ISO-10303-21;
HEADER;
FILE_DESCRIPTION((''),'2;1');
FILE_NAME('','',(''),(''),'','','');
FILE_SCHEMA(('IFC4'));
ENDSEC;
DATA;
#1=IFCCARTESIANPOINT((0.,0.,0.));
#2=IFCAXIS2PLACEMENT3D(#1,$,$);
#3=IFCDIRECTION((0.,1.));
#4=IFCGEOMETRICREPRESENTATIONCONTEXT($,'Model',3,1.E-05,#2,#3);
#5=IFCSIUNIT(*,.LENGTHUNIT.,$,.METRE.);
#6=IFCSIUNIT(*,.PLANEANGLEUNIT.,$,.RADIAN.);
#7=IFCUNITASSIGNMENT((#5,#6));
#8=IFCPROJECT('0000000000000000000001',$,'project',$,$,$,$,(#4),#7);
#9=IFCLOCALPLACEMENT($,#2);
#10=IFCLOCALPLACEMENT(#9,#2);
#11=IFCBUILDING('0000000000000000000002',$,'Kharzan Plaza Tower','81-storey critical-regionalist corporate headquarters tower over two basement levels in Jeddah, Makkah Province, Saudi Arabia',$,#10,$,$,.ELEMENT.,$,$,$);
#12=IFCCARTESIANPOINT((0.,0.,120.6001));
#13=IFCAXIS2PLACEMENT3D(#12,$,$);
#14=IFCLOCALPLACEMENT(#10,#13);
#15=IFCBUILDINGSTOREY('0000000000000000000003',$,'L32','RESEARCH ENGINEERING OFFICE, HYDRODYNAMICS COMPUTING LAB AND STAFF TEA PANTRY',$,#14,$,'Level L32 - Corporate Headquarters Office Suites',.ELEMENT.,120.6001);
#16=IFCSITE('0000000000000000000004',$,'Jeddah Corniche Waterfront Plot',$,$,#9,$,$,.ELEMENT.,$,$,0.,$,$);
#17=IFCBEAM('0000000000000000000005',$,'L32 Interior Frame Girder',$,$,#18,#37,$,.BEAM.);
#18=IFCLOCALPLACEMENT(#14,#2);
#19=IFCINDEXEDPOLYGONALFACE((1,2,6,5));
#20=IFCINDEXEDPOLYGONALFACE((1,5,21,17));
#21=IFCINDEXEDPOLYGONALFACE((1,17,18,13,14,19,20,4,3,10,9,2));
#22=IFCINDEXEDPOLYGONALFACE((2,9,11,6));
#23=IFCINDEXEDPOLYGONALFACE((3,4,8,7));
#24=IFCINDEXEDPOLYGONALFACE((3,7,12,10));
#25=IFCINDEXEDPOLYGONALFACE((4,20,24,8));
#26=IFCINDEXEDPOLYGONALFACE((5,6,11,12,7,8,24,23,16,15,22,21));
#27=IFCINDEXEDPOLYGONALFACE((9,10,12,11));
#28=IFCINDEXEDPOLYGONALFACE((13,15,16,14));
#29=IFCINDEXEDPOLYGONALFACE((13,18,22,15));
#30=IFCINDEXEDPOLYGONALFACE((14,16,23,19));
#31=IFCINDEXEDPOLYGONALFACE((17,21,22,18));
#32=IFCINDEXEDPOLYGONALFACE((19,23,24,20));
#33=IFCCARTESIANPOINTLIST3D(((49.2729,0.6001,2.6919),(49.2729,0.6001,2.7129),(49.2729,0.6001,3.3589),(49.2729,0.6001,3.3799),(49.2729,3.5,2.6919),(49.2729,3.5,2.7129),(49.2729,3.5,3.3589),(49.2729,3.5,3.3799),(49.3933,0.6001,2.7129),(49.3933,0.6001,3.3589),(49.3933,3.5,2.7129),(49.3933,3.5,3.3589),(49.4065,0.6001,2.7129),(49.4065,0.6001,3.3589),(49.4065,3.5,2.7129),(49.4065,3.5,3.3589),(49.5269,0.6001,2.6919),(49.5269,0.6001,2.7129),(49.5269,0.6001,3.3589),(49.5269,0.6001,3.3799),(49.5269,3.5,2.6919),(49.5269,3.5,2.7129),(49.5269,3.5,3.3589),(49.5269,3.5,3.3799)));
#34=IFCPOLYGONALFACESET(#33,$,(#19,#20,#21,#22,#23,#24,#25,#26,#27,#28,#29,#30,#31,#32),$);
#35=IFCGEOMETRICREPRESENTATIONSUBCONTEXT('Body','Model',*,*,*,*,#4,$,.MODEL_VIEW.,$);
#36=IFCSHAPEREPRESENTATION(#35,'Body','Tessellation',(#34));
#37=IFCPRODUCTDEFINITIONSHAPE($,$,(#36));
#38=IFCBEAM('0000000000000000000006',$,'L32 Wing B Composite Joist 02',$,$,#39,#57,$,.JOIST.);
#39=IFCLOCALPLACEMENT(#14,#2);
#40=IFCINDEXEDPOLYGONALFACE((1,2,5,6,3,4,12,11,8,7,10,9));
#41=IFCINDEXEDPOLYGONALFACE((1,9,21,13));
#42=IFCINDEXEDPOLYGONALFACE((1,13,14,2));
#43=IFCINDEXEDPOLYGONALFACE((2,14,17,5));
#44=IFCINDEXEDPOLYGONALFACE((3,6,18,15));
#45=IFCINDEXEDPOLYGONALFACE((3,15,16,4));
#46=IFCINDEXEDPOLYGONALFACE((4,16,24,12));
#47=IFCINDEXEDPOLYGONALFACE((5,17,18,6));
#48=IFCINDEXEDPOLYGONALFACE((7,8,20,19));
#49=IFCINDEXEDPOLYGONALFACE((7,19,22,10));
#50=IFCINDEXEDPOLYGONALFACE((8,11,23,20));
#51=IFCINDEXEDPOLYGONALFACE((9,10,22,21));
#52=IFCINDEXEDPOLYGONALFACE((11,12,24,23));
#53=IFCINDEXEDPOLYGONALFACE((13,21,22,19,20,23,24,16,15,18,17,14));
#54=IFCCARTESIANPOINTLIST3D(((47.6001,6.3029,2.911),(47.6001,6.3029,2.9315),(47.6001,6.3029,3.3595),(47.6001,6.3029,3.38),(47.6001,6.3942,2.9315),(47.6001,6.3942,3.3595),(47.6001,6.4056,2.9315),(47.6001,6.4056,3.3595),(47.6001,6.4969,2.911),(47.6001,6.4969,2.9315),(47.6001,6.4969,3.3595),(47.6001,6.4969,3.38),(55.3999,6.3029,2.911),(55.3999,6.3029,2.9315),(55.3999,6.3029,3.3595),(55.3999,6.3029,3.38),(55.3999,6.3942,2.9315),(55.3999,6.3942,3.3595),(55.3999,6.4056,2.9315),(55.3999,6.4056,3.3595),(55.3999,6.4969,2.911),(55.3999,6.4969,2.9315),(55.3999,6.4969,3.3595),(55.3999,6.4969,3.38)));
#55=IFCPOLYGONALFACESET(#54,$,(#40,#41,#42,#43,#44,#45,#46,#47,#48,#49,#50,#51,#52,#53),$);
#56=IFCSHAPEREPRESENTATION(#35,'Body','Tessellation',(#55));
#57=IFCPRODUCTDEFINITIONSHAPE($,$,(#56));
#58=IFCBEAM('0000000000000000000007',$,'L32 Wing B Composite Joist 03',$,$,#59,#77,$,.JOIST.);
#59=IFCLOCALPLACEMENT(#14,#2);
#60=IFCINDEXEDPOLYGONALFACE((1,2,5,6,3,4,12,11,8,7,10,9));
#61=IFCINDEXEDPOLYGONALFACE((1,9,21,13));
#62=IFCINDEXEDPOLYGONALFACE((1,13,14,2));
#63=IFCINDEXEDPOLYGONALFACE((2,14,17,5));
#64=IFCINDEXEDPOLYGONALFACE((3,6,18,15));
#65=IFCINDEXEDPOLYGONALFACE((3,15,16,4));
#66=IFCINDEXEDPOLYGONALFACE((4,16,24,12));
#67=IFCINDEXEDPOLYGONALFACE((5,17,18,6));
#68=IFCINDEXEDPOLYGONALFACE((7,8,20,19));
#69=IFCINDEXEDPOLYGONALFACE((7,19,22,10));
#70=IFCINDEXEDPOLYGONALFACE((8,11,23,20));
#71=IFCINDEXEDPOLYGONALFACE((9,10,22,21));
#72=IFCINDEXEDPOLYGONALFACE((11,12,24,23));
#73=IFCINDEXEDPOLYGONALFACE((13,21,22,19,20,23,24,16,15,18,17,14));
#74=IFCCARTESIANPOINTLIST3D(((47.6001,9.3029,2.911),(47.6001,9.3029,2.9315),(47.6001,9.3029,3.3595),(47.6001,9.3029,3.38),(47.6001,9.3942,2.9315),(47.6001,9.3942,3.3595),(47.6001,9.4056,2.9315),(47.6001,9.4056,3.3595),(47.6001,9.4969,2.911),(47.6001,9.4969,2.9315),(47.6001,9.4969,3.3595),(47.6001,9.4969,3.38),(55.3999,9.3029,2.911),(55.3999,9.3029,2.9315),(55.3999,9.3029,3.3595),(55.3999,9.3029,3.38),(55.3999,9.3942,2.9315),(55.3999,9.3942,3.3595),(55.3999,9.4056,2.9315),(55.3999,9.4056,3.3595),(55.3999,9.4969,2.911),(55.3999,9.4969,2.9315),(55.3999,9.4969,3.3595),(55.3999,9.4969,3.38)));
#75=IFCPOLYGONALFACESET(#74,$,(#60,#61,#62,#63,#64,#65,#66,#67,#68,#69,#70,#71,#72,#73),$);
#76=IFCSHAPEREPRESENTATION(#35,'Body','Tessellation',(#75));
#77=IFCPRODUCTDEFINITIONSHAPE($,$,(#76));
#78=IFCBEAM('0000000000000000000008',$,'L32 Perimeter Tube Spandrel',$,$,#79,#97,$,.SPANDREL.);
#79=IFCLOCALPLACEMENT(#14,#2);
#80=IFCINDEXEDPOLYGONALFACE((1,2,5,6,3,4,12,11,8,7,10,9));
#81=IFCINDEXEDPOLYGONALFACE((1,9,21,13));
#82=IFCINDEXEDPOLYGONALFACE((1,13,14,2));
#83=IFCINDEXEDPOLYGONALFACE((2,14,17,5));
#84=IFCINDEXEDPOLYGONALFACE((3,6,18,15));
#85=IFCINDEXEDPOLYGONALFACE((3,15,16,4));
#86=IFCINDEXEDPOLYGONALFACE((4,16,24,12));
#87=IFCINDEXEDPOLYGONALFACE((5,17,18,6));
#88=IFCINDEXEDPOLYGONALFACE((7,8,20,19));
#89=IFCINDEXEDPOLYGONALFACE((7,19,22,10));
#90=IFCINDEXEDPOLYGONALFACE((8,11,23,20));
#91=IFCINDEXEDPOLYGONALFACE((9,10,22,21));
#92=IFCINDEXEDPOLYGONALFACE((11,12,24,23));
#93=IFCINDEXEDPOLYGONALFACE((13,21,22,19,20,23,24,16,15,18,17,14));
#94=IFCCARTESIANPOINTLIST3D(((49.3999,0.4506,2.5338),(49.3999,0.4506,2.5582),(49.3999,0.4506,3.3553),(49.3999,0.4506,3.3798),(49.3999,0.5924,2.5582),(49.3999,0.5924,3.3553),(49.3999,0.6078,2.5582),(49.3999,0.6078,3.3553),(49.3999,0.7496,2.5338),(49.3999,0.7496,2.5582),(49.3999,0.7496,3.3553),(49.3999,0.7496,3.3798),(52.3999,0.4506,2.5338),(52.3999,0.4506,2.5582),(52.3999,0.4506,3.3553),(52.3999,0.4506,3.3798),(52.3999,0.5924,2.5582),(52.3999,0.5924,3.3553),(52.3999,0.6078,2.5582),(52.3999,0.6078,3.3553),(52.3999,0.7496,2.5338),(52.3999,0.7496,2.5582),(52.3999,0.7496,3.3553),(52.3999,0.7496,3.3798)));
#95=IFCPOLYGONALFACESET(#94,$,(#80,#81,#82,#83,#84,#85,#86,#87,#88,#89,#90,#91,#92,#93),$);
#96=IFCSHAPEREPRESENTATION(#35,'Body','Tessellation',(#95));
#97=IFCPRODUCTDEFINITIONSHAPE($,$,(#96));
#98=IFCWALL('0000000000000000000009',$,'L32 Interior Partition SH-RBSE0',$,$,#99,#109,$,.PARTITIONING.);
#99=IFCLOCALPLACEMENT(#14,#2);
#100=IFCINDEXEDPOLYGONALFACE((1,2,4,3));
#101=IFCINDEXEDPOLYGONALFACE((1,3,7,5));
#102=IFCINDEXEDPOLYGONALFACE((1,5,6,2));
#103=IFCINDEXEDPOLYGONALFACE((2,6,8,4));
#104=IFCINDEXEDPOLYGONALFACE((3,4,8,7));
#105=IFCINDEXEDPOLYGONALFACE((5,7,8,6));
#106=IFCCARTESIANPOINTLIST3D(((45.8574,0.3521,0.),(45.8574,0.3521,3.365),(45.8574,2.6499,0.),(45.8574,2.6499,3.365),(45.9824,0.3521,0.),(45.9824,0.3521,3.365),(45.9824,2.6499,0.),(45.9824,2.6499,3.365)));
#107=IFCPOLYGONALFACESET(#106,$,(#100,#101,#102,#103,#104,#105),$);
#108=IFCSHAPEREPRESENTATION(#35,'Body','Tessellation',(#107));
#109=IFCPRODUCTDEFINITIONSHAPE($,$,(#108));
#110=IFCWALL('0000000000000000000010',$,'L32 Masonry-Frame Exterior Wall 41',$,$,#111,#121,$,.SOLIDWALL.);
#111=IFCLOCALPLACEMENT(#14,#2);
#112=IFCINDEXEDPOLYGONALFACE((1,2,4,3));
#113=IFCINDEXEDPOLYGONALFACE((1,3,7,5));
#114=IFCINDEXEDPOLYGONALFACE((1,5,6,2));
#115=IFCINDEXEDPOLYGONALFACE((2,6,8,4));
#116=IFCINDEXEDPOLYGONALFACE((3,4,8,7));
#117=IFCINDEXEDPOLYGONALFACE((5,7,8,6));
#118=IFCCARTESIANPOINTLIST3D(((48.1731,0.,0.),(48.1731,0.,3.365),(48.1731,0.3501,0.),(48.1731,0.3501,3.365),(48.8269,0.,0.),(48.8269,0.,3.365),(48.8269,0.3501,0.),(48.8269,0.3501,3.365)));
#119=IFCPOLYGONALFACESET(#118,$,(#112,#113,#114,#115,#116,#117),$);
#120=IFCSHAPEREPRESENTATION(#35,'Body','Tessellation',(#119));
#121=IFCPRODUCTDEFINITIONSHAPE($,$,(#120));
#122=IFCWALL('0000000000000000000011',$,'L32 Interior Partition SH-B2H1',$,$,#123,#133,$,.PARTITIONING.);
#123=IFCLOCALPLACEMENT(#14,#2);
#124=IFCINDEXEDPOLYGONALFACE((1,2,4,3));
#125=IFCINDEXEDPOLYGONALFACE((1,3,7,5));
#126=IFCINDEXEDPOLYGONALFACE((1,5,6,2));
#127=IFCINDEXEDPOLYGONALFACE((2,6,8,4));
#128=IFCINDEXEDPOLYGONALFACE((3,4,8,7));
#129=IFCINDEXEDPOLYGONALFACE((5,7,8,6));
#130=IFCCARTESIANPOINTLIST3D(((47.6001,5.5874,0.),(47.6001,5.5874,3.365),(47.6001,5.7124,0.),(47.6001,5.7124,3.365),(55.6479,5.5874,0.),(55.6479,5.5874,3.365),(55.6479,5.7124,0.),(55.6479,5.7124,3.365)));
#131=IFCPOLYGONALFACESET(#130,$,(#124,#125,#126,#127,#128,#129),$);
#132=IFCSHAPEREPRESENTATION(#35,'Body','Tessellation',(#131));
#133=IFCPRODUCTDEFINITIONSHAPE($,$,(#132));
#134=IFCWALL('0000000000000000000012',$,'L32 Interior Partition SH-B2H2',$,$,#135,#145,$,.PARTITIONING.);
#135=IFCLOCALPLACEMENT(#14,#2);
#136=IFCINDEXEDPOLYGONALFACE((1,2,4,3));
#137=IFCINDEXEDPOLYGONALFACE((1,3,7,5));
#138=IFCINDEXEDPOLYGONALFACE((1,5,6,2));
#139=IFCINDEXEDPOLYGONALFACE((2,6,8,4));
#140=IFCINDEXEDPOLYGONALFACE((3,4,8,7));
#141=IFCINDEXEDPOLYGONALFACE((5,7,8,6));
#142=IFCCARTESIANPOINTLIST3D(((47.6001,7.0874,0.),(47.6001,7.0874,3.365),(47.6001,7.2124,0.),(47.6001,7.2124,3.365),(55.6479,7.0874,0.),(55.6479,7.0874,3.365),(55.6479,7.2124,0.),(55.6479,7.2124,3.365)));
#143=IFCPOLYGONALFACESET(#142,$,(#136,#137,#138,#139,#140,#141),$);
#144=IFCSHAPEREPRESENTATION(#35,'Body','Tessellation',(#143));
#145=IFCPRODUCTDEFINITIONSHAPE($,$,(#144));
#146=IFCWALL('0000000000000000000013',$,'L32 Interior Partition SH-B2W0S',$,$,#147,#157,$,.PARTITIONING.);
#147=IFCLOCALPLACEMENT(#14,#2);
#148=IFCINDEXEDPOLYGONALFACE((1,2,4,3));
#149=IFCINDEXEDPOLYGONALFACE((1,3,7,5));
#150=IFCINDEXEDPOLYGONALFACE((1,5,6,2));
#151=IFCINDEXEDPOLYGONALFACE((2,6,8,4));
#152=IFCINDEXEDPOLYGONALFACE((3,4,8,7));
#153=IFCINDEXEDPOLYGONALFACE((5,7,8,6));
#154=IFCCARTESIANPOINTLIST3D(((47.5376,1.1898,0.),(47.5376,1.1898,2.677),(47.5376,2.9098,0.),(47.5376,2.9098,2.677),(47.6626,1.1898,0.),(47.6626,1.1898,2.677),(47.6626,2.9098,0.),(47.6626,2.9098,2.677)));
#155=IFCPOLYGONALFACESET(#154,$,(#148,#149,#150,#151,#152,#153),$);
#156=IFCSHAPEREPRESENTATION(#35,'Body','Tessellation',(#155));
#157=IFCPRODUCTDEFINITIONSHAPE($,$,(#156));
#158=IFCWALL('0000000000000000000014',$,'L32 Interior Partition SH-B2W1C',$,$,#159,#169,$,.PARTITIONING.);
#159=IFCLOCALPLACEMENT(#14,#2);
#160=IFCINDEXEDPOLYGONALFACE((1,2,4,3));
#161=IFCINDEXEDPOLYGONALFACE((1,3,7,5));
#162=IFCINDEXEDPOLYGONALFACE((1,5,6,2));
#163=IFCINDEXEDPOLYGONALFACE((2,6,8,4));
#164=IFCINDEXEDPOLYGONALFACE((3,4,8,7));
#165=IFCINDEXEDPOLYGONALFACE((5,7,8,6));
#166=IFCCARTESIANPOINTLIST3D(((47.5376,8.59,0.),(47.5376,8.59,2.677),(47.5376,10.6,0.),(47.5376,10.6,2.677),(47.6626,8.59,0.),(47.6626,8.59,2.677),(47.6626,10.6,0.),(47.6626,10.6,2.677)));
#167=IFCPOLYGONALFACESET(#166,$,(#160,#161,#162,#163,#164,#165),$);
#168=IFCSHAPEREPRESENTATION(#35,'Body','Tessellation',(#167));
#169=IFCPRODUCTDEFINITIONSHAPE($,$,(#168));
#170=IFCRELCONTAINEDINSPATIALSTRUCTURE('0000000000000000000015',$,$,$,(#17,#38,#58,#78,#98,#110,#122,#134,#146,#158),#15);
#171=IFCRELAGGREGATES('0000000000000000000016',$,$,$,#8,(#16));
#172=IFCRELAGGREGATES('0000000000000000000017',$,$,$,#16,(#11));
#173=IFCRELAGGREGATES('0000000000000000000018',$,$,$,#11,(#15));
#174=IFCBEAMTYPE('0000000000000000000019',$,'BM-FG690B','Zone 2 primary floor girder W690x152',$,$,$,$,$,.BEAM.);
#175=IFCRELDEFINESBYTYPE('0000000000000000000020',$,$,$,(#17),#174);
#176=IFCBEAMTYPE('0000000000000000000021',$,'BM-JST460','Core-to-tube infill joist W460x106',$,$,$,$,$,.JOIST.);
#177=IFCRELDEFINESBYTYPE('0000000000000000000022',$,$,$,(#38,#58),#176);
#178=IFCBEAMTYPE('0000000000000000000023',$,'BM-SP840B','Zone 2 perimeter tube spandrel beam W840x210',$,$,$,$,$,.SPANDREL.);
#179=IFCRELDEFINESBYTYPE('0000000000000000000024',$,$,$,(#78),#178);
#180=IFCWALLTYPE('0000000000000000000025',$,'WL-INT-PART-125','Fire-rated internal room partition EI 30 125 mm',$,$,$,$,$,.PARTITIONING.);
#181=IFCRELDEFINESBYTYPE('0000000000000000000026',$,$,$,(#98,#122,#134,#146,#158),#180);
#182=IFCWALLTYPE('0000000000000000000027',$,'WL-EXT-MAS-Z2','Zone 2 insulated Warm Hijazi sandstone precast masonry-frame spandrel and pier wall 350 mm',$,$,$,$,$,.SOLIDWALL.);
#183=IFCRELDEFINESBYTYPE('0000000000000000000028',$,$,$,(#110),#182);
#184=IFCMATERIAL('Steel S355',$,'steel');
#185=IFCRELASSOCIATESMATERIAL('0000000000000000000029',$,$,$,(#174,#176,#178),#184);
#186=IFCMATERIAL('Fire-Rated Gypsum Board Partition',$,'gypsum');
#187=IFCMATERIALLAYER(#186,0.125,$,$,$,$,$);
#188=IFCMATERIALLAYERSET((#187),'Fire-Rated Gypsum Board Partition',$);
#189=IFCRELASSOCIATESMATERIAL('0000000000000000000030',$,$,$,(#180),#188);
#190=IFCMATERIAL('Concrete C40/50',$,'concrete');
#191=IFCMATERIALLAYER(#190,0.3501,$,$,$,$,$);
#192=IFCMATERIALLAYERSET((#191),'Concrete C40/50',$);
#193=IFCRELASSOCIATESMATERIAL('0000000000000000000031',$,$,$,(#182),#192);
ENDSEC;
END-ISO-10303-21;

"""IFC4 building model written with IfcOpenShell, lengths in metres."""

from ifc_helpers import new_model, si_unit, direction, frame, frame_2d, origin, origin_2d, place, context, subcontext, project, spatial, rectangle, i_section, extrude, source, transform, mapped, material, layer, layer_set, material_profile, profile_set, type_object, element, save


model = new_model("IFC4")

# Units and contexts
model_context = context("Model", 3, precision=1e-05, world=origin(), true_north=direction((0.0, 1.0)))
body_context = subcontext(model_context, "Body", "Model", "MODEL_VIEW")
ifc_project = project(units=[si_unit("LENGTHUNIT", "METRE"), si_unit("PLANEANGLEUNIT", "RADIAN")], contexts=[model_context])

# Site, building, storey
site_placement = place(None, origin())
site = spatial("IfcSite", under=ifc_project, at=site_placement, Name="Jeddah Corniche Waterfront Plot", CompositionType="ELEMENT", RefElevation=0.0)
building_placement = place(site_placement, origin())
building = spatial("IfcBuilding", under=site, at=building_placement, Name="Kharzan Plaza Tower", Description="81-storey critical-regionalist corporate headquarters tower over two basement levels in Jeddah, Makkah Province, Saudi Arabia", CompositionType="ELEMENT")
storey_placement = place(building_placement, frame((0.0, 0.0, 120.6001)))
storey = spatial("IfcBuildingStorey", under=building, at=storey_placement, Name="L32", Description="RESEARCH ENGINEERING OFFICE, HYDRODYNAMICS COMPUTING LAB AND STAFF TEA PANTRY", LongName="Level L32 - Corporate Headquarters Office Suites", CompositionType="ELEMENT", Elevation=120.6001)

# Beams
ifc_material_1 = material(Name="Steel S355", Category="steel")
ifc_material_profile_1 = material_profile(ifc_material_1, i_section(OverallWidth=0.2539, OverallDepth=0.688, WebThickness=0.0132, FlangeThickness=0.021, at=origin_2d()), Name="W690x152")
ifc_profile_set_1 = profile_set([ifc_material_profile_1], Name="Steel S355")
beam_type_1 = type_object("IfcBeamType", Name="BM-FG690B", Description="Zone 2 primary floor girder W690x152", PredefinedType="BEAM", material=ifc_profile_set_1)
shared_shape_1 = source(origin(), body_context, "Body", "SweptSolid", [
    extrude(i_section(OverallWidth=0.2539, OverallDepth=0.688, WebThickness=0.0132, FlangeThickness=0.021, at=origin_2d()), origin(), (0.0, 0.0, 1.0), 2.8999),
])
for number, where, z_axis, x_axis, name in (
    (1, (49.3999, 0.6001, 3.0359), (0.0, 1.0, 0.0), (-1.0, 0.0, 0.0), "L32 Interior Frame Girder"),
):
    element("IfcBeam", number, at=place(storey_placement, frame(where, z_axis=z_axis, x_axis=x_axis)), inside=storey, type_object=beam_type_1, Name=name, PredefinedType="BEAM", context=body_context, shape_type="MappedRepresentation", body=[
        mapped(shared_shape_1, transform((0.0, 0.0, 0.0), x_axis=(1.0, 0.0, 0.0), y_axis=(0.0, 1.0, 0.0), z_axis=(0.0, 0.0, 1.0))),
    ])
ifc_material_profile_2 = material_profile(ifc_material_1, i_section(OverallWidth=0.1941, OverallDepth=0.469, WebThickness=0.0115, FlangeThickness=0.0205, at=origin_2d()), Name="W460x106")
ifc_profile_set_2 = profile_set([ifc_material_profile_2], Name="Steel S355")
beam_type_2 = type_object("IfcBeamType", Name="BM-JST460", Description="Core-to-tube infill joist W460x106", PredefinedType="JOIST", material=ifc_profile_set_2)
shared_shape_2 = source(origin(), body_context, "Body", "SweptSolid", [
    extrude(i_section(OverallWidth=0.1941, OverallDepth=0.469, WebThickness=0.0115, FlangeThickness=0.0205, at=origin_2d()), origin(), (0.0, 0.0, 1.0), 7.7998),
])
for number, where, z_axis, x_axis, name in (
    (2, (47.6001, 6.3999, 3.1455), (1.0, 0.0, 0.0), (0.0, 1.0, 0.0), "L32 Wing B Composite Joist 02"),
    (3, (47.6001, 9.3999, 3.1455), (1.0, 0.0, 0.0), (0.0, 1.0, 0.0), "L32 Wing B Composite Joist 03"),
):
    element("IfcBeam", number, at=place(storey_placement, frame(where, z_axis=z_axis, x_axis=x_axis)), inside=storey, type_object=beam_type_2, Name=name, PredefinedType="JOIST", context=body_context, shape_type="MappedRepresentation", body=[
        mapped(shared_shape_2, transform((0.0, 0.0, 0.0), x_axis=(1.0, 0.0, 0.0), y_axis=(0.0, 1.0, 0.0), z_axis=(0.0, 0.0, 1.0))),
    ])
ifc_material_profile_3 = material_profile(ifc_material_1, i_section(OverallWidth=0.2991, OverallDepth=0.8459, WebThickness=0.0154, FlangeThickness=0.0244, at=origin_2d()), Name="W840x210")
ifc_profile_set_3 = profile_set([ifc_material_profile_3], Name="Steel S355")
beam_type_3 = type_object("IfcBeamType", Name="BM-SP840B", Description="Zone 2 perimeter tube spandrel beam W840x210", PredefinedType="SPANDREL", material=ifc_profile_set_3)
shared_shape_3 = source(origin(), body_context, "Body", "SweptSolid", [
    extrude(i_section(OverallWidth=0.2991, OverallDepth=0.8459, WebThickness=0.0154, FlangeThickness=0.0244, at=origin_2d()), origin(), (0.0, 0.0, 1.0), 3.0),
])
beam_1_placement = place(storey_placement, frame((49.3999, 0.6001, 2.9568), z_axis=(1.0, 0.0, 0.0), x_axis=(0.0, 1.0, 0.0)))
element("IfcBeam", 4, at=beam_1_placement, inside=storey, type_object=beam_type_3, Name="L32 Perimeter Tube Spandrel", PredefinedType="SPANDREL", context=body_context, shape_type="MappedRepresentation", body=[
    mapped(shared_shape_3, transform((0.0, 0.0, 0.0), x_axis=(1.0, 0.0, 0.0), y_axis=(0.0, 1.0, 0.0), z_axis=(0.0, 0.0, 1.0))),
])

# Shared definitions
ifc_material_2 = material(Name="Fire-Rated Gypsum Board Partition", Category="gypsum")
ifc_layer_1 = layer(ifc_material_2, 0.125)
ifc_layer_set_1 = layer_set([ifc_layer_1], Name="Fire-Rated Gypsum Board Partition")
wall_type_1 = type_object("IfcWallType", Name="WL-INT-PART-125", Description="Fire-rated internal room partition EI 30 125 mm", PredefinedType="PARTITIONING", material=ifc_layer_set_1)

# Walls
shared_shape_4 = source(origin(), body_context, "Body", "SweptSolid", [
    extrude(rectangle(XDim=2.2979, YDim=0.125, at=frame_2d((1.1489, 0.0))), origin(), (0.0, 0.0, 1.0), 3.365),
])
wall_1_placement = place(storey_placement, frame((45.9199, 0.3521, 0.0), z_axis=(0.0, 0.0, 1.0), x_axis=(0.0, 1.0, 0.0)))
element("IfcWall", 5, at=wall_1_placement, inside=storey, type_object=wall_type_1, Name="L32 Interior Partition SH-RBSE0", PredefinedType="PARTITIONING", context=body_context, shape_type="MappedRepresentation", body=[
    mapped(shared_shape_4, transform((0.0, 0.0, 0.0), x_axis=(1.0, 0.0, 0.0), y_axis=(0.0, 1.0, 0.0), z_axis=(0.0, 0.0, 1.0))),
])
ifc_material_3 = material(Name="Concrete C40/50", Category="concrete")
ifc_layer_2 = layer(ifc_material_3, 0.3501)
ifc_layer_set_2 = layer_set([ifc_layer_2], Name="Concrete C40/50")
wall_type_2 = type_object("IfcWallType", Name="WL-EXT-MAS-Z2", Description="Zone 2 insulated Warm Hijazi sandstone precast masonry-frame spandrel and pier wall 350 mm", PredefinedType="SOLIDWALL", material=ifc_layer_set_2)
shared_shape_5 = source(origin(), body_context, "Body", "SweptSolid", [
    extrude(rectangle(XDim=0.6538, YDim=0.3501, at=frame_2d((0.3269, 0.0))), origin(), (0.0, 0.0, 1.0), 3.365),
])
wall_2_placement = place(storey_placement, frame((48.1731, 0.175, 0.0), z_axis=(0.0, 0.0, 1.0), x_axis=(1.0, 0.0, 0.0)))
element("IfcWall", 6, at=wall_2_placement, inside=storey, type_object=wall_type_2, Name="L32 Masonry-Frame Exterior Wall 41", PredefinedType="SOLIDWALL", context=body_context, shape_type="MappedRepresentation", body=[
    mapped(shared_shape_5, transform((0.0, 0.0, 0.0), x_axis=(1.0, 0.0, 0.0), y_axis=(0.0, 1.0, 0.0), z_axis=(0.0, 0.0, 1.0))),
])
shared_shape_6 = source(origin(), body_context, "Body", "SweptSolid", [
    extrude(rectangle(XDim=8.0479, YDim=0.125, at=frame_2d((4.0239, 0.0))), origin(), (0.0, 0.0, 1.0), 3.365),
])
for number, where, z_axis, x_axis, name in (
    (7, (47.6001, 5.6499, 0.0), (0.0, 0.0, 1.0), (1.0, 0.0, 0.0), "L32 Interior Partition SH-B2H1"),
    (8, (47.6001, 7.1499, 0.0), (0.0, 0.0, 1.0), (1.0, 0.0, 0.0), "L32 Interior Partition SH-B2H2"),
):
    element("IfcWall", number, at=place(storey_placement, frame(where, z_axis=z_axis, x_axis=x_axis)), inside=storey, type_object=wall_type_1, Name=name, PredefinedType="PARTITIONING", context=body_context, shape_type="MappedRepresentation", body=[
        mapped(shared_shape_6, transform((0.0, 0.0, 0.0), x_axis=(1.0, 0.0, 0.0), y_axis=(0.0, 1.0, 0.0), z_axis=(0.0, 0.0, 1.0))),
    ])
shared_shape_7 = source(origin(), body_context, "Body", "SweptSolid", [
    extrude(rectangle(XDim=1.72, YDim=0.125, at=frame_2d((0.8599, 0.0))), origin(), (0.0, 0.0, 1.0), 2.677),
])
wall_3_placement = place(storey_placement, frame((47.6001, 1.1899, 0.0), z_axis=(0.0, 0.0, 1.0), x_axis=(0.0, 1.0, 0.0)))
element("IfcWall", 9, at=wall_3_placement, inside=storey, type_object=wall_type_1, Name="L32 Interior Partition SH-B2W0S", PredefinedType="PARTITIONING", context=body_context, shape_type="MappedRepresentation", body=[
    mapped(shared_shape_7, transform((0.0, 0.0, 0.0), x_axis=(1.0, 0.0, 0.0), y_axis=(0.0, 1.0, 0.0), z_axis=(0.0, 0.0, 1.0))),
])
shared_shape_8 = source(origin(), body_context, "Body", "SweptSolid", [
    extrude(rectangle(XDim=2.01, YDim=0.125, at=frame_2d((1.0049, 0.0))), origin(), (0.0, 0.0, 1.0), 2.677),
])
wall_4_placement = place(storey_placement, frame((47.6001, 8.5901, 0.0), z_axis=(0.0, 0.0, 1.0), x_axis=(0.0, 1.0, 0.0)))
element("IfcWall", 10, at=wall_4_placement, inside=storey, type_object=wall_type_1, Name="L32 Interior Partition SH-B2W1C", PredefinedType="PARTITIONING", context=body_context, shape_type="MappedRepresentation", body=[
    mapped(shared_shape_8, transform((0.0, 0.0, 0.0), x_axis=(1.0, 0.0, 0.0), y_axis=(0.0, 1.0, 0.0), z_axis=(0.0, 0.0, 1.0))),
])

save(model, "model.ifc")
